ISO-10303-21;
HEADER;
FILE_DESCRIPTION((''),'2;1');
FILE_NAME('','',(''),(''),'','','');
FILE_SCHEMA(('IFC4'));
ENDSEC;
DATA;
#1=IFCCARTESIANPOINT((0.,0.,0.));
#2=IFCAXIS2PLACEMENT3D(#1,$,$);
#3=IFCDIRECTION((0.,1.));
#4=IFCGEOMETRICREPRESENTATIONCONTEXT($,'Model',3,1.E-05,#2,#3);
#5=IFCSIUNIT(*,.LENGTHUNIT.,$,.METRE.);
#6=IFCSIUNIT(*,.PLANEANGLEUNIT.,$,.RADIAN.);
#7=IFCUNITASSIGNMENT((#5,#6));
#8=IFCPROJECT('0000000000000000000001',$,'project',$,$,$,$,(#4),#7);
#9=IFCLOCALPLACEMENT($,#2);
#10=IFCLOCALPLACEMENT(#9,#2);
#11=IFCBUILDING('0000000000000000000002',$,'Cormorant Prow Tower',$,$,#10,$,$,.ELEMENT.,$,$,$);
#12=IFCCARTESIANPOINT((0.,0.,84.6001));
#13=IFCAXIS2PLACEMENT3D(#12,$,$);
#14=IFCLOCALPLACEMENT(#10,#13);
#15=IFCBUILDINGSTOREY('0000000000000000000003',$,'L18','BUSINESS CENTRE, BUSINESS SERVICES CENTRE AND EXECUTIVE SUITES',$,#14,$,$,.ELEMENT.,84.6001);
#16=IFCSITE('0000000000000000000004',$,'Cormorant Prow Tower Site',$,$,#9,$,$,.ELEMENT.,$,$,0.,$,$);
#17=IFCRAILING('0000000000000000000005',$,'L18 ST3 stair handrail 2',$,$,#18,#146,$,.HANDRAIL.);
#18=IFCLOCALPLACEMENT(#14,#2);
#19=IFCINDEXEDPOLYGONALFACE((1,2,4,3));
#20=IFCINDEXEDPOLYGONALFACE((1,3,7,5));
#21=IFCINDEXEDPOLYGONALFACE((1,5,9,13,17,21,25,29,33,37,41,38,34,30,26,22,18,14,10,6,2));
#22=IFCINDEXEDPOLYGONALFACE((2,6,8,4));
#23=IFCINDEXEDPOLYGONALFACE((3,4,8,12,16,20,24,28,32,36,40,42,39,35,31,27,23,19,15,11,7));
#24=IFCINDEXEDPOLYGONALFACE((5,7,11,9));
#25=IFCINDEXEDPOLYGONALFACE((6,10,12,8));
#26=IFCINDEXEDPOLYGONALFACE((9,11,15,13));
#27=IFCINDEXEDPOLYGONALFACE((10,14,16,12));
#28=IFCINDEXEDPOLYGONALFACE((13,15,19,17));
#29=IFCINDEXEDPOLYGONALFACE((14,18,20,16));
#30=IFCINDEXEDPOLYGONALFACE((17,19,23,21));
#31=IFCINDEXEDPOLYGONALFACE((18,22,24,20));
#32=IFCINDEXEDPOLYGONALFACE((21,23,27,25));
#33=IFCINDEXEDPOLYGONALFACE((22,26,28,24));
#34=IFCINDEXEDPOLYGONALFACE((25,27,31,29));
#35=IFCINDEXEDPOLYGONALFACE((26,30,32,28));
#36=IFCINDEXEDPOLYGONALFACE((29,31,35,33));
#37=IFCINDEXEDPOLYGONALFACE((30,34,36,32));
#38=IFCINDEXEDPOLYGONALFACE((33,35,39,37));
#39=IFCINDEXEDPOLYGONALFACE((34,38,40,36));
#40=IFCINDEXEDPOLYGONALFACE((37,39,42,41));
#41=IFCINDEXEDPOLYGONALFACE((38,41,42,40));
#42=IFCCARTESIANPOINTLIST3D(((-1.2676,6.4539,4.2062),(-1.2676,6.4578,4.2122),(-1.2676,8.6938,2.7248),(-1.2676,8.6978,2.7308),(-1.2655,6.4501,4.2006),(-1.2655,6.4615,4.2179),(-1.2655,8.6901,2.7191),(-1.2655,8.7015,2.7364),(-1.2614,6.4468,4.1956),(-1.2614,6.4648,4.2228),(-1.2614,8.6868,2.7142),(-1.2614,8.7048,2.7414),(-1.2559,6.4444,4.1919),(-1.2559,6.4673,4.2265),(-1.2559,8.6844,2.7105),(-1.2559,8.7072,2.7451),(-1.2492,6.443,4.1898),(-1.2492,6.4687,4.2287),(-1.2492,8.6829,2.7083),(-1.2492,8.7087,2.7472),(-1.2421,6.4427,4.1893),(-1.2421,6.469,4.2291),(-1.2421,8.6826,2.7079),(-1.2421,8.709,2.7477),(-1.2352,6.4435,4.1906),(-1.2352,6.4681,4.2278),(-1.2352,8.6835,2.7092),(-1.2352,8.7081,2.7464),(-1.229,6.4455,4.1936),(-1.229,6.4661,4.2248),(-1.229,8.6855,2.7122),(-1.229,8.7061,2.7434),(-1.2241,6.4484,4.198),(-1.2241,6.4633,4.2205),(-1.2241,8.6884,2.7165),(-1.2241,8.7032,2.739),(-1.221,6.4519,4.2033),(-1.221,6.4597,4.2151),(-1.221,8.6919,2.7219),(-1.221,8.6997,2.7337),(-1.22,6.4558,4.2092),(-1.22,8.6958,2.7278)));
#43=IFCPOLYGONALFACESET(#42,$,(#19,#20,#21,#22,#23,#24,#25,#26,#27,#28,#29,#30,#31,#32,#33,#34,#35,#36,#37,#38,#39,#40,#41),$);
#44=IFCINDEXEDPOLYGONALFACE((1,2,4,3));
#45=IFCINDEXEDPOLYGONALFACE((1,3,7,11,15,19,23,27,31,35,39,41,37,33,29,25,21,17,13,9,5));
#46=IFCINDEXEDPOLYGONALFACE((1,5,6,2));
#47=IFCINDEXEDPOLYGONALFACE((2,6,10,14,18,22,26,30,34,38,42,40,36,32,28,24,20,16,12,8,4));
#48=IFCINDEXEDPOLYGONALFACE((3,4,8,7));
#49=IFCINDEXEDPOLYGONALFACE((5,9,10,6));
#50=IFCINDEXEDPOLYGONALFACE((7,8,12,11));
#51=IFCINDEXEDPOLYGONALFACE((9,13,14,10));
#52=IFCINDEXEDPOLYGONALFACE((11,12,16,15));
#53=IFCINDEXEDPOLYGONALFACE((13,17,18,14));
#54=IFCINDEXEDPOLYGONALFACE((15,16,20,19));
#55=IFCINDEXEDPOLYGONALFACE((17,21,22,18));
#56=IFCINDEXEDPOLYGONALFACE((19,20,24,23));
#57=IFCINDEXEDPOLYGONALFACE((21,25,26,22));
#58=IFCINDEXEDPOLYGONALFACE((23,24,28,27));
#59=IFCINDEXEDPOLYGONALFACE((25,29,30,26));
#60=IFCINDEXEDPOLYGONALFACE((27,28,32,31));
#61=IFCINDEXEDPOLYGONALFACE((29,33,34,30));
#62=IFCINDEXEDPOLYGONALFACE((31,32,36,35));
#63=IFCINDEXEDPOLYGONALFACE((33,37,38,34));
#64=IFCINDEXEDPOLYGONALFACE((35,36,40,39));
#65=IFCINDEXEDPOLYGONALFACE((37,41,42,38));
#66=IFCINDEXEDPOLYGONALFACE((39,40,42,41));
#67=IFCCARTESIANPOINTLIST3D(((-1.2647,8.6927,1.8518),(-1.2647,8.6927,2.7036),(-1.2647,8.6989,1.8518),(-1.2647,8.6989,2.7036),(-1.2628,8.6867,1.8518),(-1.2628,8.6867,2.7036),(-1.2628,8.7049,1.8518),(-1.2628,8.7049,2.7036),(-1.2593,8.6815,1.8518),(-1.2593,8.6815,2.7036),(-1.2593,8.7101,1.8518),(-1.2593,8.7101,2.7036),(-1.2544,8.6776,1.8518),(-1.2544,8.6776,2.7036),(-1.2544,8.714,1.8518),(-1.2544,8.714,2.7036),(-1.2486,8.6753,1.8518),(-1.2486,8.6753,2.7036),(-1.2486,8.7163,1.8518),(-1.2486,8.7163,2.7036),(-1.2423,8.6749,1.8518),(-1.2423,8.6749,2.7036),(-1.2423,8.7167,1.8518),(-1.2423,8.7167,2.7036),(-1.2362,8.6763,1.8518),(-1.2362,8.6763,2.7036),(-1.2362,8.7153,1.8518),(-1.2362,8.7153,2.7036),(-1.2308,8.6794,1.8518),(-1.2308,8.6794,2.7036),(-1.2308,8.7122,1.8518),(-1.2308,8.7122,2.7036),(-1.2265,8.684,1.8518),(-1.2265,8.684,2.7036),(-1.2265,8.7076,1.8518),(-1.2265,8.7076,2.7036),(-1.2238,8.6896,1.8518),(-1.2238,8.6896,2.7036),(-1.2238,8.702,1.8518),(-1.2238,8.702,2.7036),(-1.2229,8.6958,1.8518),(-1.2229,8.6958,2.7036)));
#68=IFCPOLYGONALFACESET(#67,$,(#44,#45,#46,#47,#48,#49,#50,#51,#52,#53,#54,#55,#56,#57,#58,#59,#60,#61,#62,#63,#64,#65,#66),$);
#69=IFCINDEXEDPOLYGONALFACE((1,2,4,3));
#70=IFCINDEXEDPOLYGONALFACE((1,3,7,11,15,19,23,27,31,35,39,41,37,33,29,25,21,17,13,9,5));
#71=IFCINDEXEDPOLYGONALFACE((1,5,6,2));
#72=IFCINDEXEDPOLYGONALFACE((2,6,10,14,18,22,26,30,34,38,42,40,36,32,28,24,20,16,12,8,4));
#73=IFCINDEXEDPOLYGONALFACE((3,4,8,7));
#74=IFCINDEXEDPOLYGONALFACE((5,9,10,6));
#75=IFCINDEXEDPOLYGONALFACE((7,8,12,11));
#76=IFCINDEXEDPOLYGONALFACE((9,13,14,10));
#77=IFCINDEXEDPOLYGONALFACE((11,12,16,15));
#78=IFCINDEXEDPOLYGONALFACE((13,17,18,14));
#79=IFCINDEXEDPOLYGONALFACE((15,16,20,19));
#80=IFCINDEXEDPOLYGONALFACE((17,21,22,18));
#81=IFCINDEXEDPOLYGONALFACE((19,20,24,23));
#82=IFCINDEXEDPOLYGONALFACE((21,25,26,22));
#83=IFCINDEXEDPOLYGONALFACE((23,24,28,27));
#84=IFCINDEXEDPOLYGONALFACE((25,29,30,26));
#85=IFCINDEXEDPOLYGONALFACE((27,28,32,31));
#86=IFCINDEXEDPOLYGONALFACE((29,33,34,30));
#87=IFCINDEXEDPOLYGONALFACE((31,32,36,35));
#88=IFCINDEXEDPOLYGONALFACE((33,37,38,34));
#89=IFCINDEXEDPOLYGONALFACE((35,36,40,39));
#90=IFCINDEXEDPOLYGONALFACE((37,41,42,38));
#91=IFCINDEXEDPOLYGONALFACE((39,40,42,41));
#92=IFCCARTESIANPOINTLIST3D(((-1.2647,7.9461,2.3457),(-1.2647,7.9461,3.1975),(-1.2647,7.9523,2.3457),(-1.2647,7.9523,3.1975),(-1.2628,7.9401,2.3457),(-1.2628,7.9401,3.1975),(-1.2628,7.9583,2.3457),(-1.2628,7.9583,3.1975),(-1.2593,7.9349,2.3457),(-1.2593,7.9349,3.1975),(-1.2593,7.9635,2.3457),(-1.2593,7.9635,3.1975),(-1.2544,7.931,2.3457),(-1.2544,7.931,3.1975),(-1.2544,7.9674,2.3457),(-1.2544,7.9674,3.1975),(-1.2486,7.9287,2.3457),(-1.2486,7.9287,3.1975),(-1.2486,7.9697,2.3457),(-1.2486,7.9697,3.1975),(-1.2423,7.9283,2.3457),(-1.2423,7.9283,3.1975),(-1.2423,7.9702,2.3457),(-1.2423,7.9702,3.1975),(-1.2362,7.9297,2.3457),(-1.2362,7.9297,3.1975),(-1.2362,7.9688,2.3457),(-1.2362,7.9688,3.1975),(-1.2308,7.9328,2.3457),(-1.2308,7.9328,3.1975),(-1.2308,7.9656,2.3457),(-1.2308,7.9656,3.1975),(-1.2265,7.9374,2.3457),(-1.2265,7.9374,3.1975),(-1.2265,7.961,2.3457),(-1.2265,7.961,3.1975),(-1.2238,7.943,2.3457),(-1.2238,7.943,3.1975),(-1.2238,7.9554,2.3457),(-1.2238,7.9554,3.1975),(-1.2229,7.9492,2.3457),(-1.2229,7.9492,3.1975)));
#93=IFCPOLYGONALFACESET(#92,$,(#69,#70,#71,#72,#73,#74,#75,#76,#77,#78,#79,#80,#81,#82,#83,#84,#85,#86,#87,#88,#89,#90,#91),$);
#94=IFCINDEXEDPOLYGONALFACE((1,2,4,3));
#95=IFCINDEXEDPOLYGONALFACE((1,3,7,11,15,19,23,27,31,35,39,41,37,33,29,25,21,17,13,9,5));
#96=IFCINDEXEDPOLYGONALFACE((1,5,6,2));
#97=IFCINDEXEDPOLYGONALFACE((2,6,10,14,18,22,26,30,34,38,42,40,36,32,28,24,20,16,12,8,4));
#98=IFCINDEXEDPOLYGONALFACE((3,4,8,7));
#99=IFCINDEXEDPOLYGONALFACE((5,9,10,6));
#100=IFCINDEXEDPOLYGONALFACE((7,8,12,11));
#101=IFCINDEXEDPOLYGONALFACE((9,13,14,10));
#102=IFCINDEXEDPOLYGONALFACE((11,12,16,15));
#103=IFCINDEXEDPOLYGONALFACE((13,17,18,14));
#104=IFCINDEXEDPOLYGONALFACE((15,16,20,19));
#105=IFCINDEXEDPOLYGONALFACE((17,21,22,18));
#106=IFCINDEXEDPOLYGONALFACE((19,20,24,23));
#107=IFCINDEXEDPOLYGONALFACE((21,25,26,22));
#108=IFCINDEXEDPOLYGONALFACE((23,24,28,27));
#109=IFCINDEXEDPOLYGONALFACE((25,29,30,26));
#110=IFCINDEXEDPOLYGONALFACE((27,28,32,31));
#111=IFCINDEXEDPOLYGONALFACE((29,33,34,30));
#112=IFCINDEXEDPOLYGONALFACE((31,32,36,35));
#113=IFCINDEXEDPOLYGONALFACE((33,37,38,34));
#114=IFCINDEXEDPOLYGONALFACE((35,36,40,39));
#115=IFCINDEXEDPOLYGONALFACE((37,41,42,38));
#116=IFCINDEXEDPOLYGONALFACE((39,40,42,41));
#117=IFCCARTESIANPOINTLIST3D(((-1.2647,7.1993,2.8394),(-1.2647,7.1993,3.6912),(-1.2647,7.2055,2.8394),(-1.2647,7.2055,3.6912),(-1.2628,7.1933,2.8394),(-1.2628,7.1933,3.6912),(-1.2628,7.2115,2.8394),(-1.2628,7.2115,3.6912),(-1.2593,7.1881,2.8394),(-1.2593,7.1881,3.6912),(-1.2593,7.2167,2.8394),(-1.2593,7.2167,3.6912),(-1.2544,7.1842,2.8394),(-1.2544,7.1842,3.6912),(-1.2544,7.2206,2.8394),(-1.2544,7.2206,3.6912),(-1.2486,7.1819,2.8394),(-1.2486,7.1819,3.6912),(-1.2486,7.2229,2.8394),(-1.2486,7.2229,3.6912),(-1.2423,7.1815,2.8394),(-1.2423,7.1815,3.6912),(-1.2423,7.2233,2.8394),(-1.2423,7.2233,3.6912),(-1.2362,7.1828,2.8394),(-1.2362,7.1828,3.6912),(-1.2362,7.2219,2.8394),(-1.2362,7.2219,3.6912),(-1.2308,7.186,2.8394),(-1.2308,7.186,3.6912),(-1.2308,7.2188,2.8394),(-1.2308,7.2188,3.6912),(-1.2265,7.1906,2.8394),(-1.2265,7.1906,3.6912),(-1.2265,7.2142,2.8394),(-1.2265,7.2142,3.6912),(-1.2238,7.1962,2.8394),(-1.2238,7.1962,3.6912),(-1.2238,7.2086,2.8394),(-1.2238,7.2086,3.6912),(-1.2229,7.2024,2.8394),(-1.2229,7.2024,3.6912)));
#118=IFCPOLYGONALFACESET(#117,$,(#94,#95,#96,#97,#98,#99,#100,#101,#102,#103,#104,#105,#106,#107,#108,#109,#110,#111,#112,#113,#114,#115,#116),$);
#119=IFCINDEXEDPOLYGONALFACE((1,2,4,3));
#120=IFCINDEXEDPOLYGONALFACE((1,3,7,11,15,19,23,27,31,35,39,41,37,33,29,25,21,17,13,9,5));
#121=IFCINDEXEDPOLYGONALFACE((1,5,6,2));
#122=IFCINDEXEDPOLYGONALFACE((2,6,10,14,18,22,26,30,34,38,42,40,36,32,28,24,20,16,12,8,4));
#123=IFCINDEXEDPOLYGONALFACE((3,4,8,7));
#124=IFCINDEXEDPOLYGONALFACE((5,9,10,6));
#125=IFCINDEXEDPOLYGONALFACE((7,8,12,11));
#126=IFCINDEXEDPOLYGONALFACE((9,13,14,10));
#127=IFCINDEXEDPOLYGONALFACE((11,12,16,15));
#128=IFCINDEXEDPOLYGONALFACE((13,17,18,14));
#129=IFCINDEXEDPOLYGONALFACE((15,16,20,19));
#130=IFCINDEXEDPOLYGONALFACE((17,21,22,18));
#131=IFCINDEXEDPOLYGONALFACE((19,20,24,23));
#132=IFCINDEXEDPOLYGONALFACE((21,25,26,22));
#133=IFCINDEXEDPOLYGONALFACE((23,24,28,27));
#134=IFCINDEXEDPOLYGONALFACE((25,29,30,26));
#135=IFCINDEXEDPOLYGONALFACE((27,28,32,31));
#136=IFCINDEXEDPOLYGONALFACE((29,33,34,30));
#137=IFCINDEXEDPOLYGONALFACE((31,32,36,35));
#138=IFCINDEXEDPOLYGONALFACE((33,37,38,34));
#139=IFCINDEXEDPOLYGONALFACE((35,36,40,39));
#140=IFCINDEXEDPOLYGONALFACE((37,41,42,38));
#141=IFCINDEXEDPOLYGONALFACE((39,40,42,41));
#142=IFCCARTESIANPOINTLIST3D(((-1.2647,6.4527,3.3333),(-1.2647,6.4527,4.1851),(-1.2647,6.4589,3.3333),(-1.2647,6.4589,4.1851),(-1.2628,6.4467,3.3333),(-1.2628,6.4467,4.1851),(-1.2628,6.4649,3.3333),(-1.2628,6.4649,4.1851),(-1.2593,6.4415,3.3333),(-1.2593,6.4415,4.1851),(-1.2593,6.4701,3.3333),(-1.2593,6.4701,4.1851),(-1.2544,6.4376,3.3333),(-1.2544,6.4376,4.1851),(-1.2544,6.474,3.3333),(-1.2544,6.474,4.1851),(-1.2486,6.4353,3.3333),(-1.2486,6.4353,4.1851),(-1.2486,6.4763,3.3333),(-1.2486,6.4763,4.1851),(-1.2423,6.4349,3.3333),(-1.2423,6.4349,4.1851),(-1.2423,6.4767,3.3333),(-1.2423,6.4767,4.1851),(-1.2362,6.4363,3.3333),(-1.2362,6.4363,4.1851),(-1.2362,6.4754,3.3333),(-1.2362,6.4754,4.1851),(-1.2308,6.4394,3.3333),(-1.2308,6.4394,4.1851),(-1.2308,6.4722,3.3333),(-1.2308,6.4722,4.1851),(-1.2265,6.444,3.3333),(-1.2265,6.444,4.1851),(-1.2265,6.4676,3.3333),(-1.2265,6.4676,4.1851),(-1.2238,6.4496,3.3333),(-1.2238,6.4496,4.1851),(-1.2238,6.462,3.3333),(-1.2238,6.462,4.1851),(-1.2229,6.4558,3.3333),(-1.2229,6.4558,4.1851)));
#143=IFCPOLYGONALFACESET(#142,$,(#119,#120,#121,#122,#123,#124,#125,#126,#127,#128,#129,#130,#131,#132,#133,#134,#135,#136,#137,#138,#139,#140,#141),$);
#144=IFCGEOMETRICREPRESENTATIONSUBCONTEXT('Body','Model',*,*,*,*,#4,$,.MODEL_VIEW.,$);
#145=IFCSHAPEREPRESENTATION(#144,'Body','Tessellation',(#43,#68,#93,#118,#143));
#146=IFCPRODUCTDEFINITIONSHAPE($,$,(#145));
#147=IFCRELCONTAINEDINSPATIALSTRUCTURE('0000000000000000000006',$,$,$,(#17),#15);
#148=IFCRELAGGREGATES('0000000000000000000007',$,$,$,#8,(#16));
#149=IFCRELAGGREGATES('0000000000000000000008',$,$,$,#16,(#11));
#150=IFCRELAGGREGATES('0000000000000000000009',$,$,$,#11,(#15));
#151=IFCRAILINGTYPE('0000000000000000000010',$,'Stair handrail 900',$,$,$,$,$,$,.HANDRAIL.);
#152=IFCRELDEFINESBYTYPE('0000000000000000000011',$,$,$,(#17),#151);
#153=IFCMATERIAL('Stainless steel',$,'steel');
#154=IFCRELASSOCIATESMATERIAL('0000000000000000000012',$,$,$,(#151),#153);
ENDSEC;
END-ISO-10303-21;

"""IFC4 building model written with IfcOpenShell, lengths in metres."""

from ifc_helpers import new_model, si_unit, direction, frame, origin, origin_2d, place, context, subcontext, project, spatial, circle, extrude, material, type_object, element, save


model = new_model("IFC4")

# Units and contexts
model_context = context("Model", 3, precision=1e-05, world=origin(), true_north=direction((0.0, 1.0)))
body_context = subcontext(model_context, "Body", "Model", "MODEL_VIEW")
ifc_project = project(units=[si_unit("LENGTHUNIT", "METRE"), si_unit("PLANEANGLEUNIT", "RADIAN")], contexts=[model_context])

# Site, building, storey
site_placement = place(None, origin())
site = spatial("IfcSite", under=ifc_project, at=site_placement, Name="Cormorant Prow Tower Site", CompositionType="ELEMENT", RefElevation=0.0)
building_placement = place(site_placement, origin())
building = spatial("IfcBuilding", under=site, at=building_placement, Name="Cormorant Prow Tower", CompositionType="ELEMENT")
storey_placement = place(building_placement, frame((0.0, 0.0, 84.6001)))
storey = spatial("IfcBuildingStorey", under=building, at=storey_placement, Name="L18", Description="BUSINESS CENTRE, BUSINESS SERVICES CENTRE AND EXECUTIVE SUITES", CompositionType="ELEMENT", Elevation=84.6001)

# Railing
ifc_material_1 = material(Name="Stainless steel", Category="steel")
railing_type = type_object("IfcRailingType", Name="Stair handrail 900", PredefinedType="HANDRAIL", material=ifc_material_1)
for number, where, name in (
    (1, (-1.2439, 8.6958, 1.8518), "L18 ST3 stair handrail 2"),
):
    element("IfcRailing", number, at=place(storey_placement, frame(where)), inside=storey, type_object=railing_type, Name=name, PredefinedType="HANDRAIL", context=body_context, shape_type="SweptSolid", body=[
        extrude(circle(Radius=0.0239, at=origin_2d()), frame((0.0, 0.0, 0.876), z_axis=(0.0, -0.834087, 0.551634), x_axis=(1.0, 0.0, 0.0)), (0.0, 0.0, 1.0), 2.6855),
        extrude(circle(Radius=0.021, at=origin_2d()), origin(), (0.0, 0.0, 1.0), 0.8518),
        extrude(circle(Radius=0.021, at=origin_2d()), frame((0.0, -0.7466, 0.4939)), (0.0, 0.0, 1.0), 0.8518),
        extrude(circle(Radius=0.021, at=origin_2d()), frame((0.0, -1.4934, 0.9875)), (0.0, 0.0, 1.0), 0.8518),
        extrude(circle(Radius=0.021, at=origin_2d()), frame((0.0, -2.24, 1.4814)), (0.0, 0.0, 1.0), 0.8518),
    ])

save(model, "model.ifc")
